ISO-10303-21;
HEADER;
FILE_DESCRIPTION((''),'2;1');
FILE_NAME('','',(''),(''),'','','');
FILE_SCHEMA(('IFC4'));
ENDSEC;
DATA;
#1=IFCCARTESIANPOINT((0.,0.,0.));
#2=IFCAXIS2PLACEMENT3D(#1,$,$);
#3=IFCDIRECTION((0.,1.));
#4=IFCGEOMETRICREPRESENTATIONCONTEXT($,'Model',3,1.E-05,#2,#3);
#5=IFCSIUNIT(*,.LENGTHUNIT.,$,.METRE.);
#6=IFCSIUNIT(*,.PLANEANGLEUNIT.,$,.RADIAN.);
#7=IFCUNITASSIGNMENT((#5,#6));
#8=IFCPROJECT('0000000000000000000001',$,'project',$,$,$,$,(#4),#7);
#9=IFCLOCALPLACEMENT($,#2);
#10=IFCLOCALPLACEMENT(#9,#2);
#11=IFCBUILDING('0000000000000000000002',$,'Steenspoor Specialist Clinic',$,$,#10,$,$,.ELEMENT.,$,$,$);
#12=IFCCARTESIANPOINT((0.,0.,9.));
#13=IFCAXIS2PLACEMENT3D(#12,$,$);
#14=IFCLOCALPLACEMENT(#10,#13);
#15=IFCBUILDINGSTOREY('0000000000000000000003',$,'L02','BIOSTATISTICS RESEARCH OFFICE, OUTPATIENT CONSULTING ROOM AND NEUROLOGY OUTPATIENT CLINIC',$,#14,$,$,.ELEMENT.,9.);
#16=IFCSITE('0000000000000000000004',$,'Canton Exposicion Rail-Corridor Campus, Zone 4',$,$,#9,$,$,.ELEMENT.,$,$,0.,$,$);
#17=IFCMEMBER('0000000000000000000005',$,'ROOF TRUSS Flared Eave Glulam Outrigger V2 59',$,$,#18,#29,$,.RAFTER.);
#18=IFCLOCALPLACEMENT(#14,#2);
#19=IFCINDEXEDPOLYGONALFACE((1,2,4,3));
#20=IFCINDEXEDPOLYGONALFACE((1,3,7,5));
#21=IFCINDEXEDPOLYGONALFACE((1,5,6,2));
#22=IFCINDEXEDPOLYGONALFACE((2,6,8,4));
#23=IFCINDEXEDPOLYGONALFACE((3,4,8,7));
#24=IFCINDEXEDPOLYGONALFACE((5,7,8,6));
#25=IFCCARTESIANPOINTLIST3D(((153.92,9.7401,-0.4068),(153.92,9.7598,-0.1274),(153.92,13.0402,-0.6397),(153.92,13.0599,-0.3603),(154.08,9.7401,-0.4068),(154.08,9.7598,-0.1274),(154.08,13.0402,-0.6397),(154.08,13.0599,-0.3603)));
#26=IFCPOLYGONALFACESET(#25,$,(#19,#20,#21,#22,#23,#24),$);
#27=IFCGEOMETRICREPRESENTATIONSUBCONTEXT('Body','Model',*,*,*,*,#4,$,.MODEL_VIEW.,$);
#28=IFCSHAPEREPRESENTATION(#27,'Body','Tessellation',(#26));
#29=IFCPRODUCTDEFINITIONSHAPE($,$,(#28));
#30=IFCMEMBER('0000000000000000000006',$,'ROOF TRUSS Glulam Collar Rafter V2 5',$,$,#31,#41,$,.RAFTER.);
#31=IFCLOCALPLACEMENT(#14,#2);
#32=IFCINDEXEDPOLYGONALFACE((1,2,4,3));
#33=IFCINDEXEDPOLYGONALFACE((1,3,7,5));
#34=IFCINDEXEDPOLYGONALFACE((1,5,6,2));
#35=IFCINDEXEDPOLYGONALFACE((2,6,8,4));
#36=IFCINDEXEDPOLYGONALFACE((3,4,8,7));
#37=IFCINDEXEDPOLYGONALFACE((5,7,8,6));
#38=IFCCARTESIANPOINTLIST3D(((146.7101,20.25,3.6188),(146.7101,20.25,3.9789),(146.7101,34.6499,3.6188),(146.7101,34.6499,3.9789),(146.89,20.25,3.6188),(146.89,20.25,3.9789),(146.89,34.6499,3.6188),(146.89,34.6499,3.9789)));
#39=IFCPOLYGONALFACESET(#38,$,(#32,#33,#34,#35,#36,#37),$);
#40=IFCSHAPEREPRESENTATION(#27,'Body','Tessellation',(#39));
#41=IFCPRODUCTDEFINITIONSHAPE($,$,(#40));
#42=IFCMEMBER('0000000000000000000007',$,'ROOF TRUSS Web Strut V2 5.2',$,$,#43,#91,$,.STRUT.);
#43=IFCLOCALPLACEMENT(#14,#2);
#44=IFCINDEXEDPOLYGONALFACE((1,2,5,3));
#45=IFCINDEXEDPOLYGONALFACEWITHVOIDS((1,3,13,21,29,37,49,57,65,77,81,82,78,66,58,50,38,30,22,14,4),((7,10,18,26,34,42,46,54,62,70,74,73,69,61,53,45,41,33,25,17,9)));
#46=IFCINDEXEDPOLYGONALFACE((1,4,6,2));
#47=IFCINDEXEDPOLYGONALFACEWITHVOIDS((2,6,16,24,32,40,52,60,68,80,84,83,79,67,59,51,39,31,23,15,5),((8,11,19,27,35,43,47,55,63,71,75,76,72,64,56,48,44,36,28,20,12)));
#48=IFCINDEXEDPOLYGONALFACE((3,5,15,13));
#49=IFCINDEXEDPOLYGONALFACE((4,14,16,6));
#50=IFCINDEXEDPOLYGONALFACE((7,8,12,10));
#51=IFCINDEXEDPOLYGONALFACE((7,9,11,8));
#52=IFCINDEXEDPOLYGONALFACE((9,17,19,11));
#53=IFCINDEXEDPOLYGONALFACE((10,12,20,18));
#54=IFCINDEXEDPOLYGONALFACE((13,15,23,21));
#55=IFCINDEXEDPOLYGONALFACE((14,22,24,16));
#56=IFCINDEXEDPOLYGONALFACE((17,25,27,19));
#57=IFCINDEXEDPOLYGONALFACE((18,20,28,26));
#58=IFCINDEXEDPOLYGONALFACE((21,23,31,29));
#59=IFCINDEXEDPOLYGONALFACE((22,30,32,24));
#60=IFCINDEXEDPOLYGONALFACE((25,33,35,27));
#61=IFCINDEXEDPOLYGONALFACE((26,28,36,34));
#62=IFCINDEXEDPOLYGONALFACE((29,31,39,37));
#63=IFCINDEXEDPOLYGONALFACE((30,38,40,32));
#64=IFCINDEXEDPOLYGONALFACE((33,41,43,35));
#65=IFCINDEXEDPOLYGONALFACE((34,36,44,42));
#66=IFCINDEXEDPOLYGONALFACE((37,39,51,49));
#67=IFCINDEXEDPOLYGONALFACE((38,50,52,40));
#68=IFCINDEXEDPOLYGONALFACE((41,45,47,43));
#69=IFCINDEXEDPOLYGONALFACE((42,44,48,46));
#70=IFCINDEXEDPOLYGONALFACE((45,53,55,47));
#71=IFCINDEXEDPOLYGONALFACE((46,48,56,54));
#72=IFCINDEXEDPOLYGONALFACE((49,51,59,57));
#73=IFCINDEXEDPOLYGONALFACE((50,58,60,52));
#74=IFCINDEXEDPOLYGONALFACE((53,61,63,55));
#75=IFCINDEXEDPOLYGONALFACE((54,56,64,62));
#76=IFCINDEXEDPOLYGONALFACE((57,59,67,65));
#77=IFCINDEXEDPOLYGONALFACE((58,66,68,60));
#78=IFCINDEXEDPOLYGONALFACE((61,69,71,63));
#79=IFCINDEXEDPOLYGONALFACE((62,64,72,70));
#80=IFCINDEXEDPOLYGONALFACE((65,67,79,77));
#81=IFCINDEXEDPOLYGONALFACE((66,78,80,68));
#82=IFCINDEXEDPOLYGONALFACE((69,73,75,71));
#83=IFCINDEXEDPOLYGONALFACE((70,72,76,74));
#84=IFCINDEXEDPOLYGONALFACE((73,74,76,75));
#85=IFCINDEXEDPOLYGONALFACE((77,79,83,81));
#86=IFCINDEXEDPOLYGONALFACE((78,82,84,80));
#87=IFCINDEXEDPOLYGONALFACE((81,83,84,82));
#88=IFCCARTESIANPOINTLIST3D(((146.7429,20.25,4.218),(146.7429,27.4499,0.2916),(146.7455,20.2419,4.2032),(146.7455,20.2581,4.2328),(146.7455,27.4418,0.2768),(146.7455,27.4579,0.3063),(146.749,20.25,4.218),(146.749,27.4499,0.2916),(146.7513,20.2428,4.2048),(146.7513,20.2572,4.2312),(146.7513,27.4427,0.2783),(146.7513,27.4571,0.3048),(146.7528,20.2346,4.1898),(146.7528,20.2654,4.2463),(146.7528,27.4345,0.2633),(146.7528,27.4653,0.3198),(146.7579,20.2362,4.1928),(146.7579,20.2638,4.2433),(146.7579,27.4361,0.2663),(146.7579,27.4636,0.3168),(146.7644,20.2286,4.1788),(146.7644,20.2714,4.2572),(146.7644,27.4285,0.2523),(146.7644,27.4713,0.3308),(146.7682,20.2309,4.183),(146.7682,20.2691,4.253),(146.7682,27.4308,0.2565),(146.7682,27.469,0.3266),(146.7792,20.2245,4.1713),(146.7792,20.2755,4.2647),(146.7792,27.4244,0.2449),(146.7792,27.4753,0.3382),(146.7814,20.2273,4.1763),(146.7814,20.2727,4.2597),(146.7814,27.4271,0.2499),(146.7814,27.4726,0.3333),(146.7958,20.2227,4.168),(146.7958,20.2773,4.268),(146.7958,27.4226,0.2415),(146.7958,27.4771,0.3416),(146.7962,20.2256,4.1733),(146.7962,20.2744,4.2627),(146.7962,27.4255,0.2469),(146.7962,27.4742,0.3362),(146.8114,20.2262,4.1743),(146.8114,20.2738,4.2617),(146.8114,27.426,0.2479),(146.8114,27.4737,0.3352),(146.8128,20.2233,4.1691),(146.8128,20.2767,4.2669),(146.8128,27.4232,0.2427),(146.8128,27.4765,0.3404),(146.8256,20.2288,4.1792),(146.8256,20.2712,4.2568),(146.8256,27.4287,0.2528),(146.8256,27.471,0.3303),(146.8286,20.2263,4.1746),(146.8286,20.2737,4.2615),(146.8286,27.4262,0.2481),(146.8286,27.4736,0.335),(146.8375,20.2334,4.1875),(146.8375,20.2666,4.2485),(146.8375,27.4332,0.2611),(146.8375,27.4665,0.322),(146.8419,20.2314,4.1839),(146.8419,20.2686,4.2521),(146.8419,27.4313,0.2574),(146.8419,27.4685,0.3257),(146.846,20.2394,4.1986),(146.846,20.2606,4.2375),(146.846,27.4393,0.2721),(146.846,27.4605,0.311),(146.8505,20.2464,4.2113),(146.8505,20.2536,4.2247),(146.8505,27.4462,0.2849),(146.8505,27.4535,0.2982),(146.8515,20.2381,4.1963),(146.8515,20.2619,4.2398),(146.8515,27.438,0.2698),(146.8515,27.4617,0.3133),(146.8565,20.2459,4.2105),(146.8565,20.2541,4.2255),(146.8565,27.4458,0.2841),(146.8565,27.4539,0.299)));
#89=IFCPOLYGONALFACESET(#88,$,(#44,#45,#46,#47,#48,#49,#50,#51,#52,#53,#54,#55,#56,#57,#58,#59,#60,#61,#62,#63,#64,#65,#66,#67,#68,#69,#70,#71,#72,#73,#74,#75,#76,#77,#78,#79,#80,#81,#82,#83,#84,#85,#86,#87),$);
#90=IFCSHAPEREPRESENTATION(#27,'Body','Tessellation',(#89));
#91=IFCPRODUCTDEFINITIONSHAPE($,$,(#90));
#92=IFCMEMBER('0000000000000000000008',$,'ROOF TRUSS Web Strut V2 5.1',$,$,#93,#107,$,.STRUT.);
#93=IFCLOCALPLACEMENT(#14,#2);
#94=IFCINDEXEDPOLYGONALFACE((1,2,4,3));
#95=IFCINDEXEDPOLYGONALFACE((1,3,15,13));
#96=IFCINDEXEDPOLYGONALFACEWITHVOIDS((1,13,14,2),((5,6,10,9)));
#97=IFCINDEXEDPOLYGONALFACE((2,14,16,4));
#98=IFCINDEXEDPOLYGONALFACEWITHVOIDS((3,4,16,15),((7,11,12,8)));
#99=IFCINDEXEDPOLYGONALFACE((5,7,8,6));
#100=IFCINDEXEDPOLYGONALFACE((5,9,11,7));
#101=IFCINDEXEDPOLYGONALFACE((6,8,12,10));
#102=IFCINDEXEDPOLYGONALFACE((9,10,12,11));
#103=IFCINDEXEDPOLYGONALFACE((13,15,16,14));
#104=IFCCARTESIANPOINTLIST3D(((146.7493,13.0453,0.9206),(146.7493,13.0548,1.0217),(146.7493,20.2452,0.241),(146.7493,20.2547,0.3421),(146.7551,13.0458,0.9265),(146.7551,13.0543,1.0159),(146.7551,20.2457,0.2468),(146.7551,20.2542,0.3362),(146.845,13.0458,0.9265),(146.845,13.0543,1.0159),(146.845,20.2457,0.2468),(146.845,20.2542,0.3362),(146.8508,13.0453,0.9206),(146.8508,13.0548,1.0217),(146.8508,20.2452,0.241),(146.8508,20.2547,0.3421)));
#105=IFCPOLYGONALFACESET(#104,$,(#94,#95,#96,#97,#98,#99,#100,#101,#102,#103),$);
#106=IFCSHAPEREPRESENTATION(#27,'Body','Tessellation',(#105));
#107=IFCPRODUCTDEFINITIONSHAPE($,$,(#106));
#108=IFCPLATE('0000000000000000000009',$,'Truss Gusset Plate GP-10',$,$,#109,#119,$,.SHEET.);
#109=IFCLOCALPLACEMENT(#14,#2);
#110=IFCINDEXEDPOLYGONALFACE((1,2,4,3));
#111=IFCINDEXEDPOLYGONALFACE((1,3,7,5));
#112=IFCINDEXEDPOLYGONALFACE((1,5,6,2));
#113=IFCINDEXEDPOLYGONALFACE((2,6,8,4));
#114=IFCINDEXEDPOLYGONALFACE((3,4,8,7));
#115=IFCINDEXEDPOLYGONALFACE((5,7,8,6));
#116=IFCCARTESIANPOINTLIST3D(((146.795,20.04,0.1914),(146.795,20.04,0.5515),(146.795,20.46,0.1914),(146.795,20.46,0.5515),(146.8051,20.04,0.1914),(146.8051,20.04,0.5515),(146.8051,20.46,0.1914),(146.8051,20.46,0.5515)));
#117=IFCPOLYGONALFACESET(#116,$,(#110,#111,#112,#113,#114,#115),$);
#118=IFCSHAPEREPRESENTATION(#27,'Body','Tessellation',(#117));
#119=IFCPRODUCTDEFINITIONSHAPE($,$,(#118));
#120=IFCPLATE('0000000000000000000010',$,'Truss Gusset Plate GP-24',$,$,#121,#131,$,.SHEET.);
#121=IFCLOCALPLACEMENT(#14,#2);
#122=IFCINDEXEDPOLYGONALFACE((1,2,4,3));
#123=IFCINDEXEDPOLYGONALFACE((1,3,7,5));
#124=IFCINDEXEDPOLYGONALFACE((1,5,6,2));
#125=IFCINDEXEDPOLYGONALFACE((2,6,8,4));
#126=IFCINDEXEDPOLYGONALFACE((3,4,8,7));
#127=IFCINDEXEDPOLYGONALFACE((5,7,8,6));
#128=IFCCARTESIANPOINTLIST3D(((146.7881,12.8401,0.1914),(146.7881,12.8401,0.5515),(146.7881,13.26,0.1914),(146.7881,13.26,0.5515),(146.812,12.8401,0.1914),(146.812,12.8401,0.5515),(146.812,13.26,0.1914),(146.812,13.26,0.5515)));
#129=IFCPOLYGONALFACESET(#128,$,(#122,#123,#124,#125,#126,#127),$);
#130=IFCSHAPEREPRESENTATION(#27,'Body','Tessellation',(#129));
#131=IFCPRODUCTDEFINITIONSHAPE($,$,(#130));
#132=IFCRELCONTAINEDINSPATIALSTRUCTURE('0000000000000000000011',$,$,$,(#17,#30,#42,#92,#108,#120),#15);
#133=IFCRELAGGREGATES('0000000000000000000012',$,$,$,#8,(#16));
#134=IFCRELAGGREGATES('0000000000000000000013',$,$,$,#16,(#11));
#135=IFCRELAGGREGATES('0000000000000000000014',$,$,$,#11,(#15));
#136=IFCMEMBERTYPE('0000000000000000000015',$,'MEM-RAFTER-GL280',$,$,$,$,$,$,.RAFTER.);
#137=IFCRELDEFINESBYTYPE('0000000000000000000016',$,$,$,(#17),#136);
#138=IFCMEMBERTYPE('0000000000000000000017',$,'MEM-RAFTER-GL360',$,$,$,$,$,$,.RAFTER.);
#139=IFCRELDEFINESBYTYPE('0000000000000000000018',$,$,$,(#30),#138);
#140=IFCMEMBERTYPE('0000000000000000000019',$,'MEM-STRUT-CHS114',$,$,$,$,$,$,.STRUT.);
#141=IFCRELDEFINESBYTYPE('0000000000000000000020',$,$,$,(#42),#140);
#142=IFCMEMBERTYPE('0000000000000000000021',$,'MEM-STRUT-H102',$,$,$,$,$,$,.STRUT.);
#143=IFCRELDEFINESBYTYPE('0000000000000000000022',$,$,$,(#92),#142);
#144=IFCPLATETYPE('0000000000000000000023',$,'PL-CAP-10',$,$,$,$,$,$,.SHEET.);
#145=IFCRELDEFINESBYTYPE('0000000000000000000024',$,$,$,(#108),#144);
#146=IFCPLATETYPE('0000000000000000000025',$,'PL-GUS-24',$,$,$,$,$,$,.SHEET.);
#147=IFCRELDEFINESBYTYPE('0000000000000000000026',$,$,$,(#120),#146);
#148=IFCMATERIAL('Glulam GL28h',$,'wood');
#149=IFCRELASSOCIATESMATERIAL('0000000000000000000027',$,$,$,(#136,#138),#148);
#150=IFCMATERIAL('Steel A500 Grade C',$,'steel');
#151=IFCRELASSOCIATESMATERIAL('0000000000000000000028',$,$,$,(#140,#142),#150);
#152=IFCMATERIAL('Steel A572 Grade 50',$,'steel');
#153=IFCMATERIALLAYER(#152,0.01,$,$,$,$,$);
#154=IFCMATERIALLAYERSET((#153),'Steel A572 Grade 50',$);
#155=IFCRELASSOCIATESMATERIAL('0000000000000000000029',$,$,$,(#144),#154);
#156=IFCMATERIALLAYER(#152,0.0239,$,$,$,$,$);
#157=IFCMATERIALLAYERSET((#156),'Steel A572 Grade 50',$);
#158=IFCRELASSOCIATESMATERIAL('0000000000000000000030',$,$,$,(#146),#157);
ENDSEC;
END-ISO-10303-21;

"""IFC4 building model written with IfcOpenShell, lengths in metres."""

from ifc_helpers import new_model, si_unit, direction, frame, origin, origin_2d, place, context, subcontext, project, spatial, rectangle, hollow_rectangle, hollow_circle, extrude, material, layer, layer_set, material_profile, profile_set, type_object, element, save


model = new_model("IFC4")

# Units and contexts
model_context = context("Model", 3, precision=1e-05, world=origin(), true_north=direction((0.0, 1.0)))
body_context = subcontext(model_context, "Body", "Model", "MODEL_VIEW")
ifc_project = project(units=[si_unit("LENGTHUNIT", "METRE"), si_unit("PLANEANGLEUNIT", "RADIAN")], contexts=[model_context])

# Site, building, storey
site_placement = place(None, origin())
site = spatial("IfcSite", under=ifc_project, at=site_placement, Name="Canton Exposicion Rail-Corridor Campus, Zone 4", CompositionType="ELEMENT", RefElevation=0.0)
building_placement = place(site_placement, origin())
building = spatial("IfcBuilding", under=site, at=building_placement, Name="Steenspoor Specialist Clinic", CompositionType="ELEMENT")
storey_placement = place(building_placement, frame((0.0, 0.0, 9.0)))
storey = spatial("IfcBuildingStorey", under=building, at=storey_placement, Name="L02", Description="BIOSTATISTICS RESEARCH OFFICE, OUTPATIENT CONSULTING ROOM AND NEUROLOGY OUTPATIENT CLINIC", CompositionType="ELEMENT", Elevation=9.0)

# Members
ifc_material_1 = material(Name="Steel A500 Grade C", Category="steel")
ifc_material_2 = material(Name="Glulam GL28h", Category="wood")
ifc_material_profile_1 = material_profile(ifc_material_2, rectangle(XDim=0.1599, YDim=0.28, at=origin_2d()), Name="GL28H-160X280")
ifc_profile_set_1 = profile_set([ifc_material_profile_1], Name="Glulam GL28h")
member_type_1 = type_object("IfcMemberType", Name="MEM-RAFTER-GL280", PredefinedType="RAFTER", material=ifc_profile_set_1)
for number, where, z_axis, x_axis, name in (
    (1, (154.0, 13.05, -0.5), (0.0, -0.997519, 0.070403), (1.0, 0.0, 0.0), "ROOF TRUSS Flared Eave Glulam Outrigger V2 59"),
):
    element("IfcMember", number, at=place(storey_placement, frame(where, z_axis=z_axis, x_axis=x_axis)), inside=storey, type_object=member_type_1, Name=name, PredefinedType="RAFTER", context=body_context, shape_type="SweptSolid", body=[
        extrude(rectangle(XDim=0.1599, YDim=0.28, at=origin_2d()), origin(), (0.0, 0.0, 1.0), 3.3083),
    ])
ifc_material_profile_2 = material_profile(ifc_material_2, rectangle(XDim=0.1799, YDim=0.3601, at=origin_2d()), Name="GL28H-180X360")
ifc_profile_set_2 = profile_set([ifc_material_profile_2], Name="Glulam GL28h")
member_type_2 = type_object("IfcMemberType", Name="MEM-RAFTER-GL360", PredefinedType="RAFTER", material=ifc_profile_set_2)
member_1_placement = place(storey_placement, frame((146.8, 20.25, 3.7988), z_axis=(0.0, 1.0, 0.0), x_axis=(-1.0, 0.0, 0.0)))
element("IfcMember", 2, at=member_1_placement, inside=storey, type_object=member_type_2, Name="ROOF TRUSS Glulam Collar Rafter V2 5", PredefinedType="RAFTER", context=body_context, shape_type="SweptSolid", body=[
    extrude(rectangle(XDim=0.1799, YDim=0.3601, at=origin_2d()), origin(), (0.0, 0.0, 1.0), 14.3999),
])
ifc_material_profile_3 = material_profile(ifc_material_1, hollow_circle(Radius=0.0571, WallThickness=0.0061, at=origin_2d()), Name="CHS114X6.0")
ifc_profile_set_3 = profile_set([ifc_material_profile_3], Name="Steel A500 Grade C")
member_type_3 = type_object("IfcMemberType", Name="MEM-STRUT-CHS114", PredefinedType="STRUT", material=ifc_profile_set_3)
member_2_placement = place(storey_placement, frame((146.8, 20.25, 4.218), z_axis=(0.0, 0.877933, -0.478783), x_axis=(-1.0, 0.0, 0.0)))
element("IfcMember", 3, at=member_2_placement, inside=storey, type_object=member_type_3, Name="ROOF TRUSS Web Strut V2 5.2", PredefinedType="STRUT", context=body_context, shape_type="SweptSolid", body=[
    extrude(hollow_circle(Radius=0.0571, WallThickness=0.0061, at=origin_2d()), origin(), (0.0, 0.0, 1.0), 8.2009),
])
ifc_material_profile_4 = material_profile(ifc_material_1, hollow_rectangle(XDim=0.1016, YDim=0.1016, WallThickness=0.0059, at=origin_2d()), Name="HSS102X102X6.4")
ifc_profile_set_4 = profile_set([ifc_material_profile_4], Name="Steel A500 Grade C")
member_type_4 = type_object("IfcMemberType", Name="MEM-STRUT-H102", PredefinedType="STRUT", material=ifc_profile_set_4)
member_3_placement = place(storey_placement, frame((146.8, 13.05, 0.9712), z_axis=(0.0, 0.995574, -0.093984), x_axis=(-1.0, 0.0, 0.0)))
element("IfcMember", 4, at=member_3_placement, inside=storey, type_object=member_type_4, Name="ROOF TRUSS Web Strut V2 5.1", PredefinedType="STRUT", context=body_context, shape_type="SweptSolid", body=[
    extrude(hollow_rectangle(XDim=0.1016, YDim=0.1016, WallThickness=0.0059, at=origin_2d()), origin(), (0.0, 0.0, 1.0), 7.2319),
])

# Plates
ifc_material_3 = material(Name="Steel A572 Grade 50", Category="steel")
ifc_layer_1 = layer(ifc_material_3, 0.01)
ifc_layer_set_1 = layer_set([ifc_layer_1], Name="Steel A572 Grade 50")
plate_type_1 = type_object("IfcPlateType", Name="PL-CAP-10", PredefinedType="SHEET", material=ifc_layer_set_1)
plate_1_placement = place(storey_placement, frame((146.8, 20.25, 0.1914), z_axis=(0.0, 0.0, 1.0), x_axis=(1.0, 0.0, 0.0)))
element("IfcPlate", 5, at=plate_1_placement, inside=storey, type_object=plate_type_1, Name="Truss Gusset Plate GP-10", PredefinedType="SHEET", context=body_context, shape_type="SweptSolid", body=[
    extrude(rectangle(XDim=0.01, YDim=0.4199, at=origin_2d()), origin(), (0.0, 0.0, 1.0), 0.3601),
])
ifc_layer_2 = layer(ifc_material_3, 0.0239)
ifc_layer_set_2 = layer_set([ifc_layer_2], Name="Steel A572 Grade 50")
plate_type_2 = type_object("IfcPlateType", Name="PL-GUS-24", PredefinedType="SHEET", material=ifc_layer_set_2)
plate_2_placement = place(storey_placement, frame((146.8, 13.05, 0.1914), z_axis=(0.0, 0.0, 1.0), x_axis=(1.0, 0.0, 0.0)))
element("IfcPlate", 6, at=plate_2_placement, inside=storey, type_object=plate_type_2, Name="Truss Gusset Plate GP-24", PredefinedType="SHEET", context=body_context, shape_type="SweptSolid", body=[
    extrude(rectangle(XDim=0.0239, YDim=0.4199, at=origin_2d()), origin(), (0.0, 0.0, 1.0), 0.3601),
])

save(model, "model.ifc")
